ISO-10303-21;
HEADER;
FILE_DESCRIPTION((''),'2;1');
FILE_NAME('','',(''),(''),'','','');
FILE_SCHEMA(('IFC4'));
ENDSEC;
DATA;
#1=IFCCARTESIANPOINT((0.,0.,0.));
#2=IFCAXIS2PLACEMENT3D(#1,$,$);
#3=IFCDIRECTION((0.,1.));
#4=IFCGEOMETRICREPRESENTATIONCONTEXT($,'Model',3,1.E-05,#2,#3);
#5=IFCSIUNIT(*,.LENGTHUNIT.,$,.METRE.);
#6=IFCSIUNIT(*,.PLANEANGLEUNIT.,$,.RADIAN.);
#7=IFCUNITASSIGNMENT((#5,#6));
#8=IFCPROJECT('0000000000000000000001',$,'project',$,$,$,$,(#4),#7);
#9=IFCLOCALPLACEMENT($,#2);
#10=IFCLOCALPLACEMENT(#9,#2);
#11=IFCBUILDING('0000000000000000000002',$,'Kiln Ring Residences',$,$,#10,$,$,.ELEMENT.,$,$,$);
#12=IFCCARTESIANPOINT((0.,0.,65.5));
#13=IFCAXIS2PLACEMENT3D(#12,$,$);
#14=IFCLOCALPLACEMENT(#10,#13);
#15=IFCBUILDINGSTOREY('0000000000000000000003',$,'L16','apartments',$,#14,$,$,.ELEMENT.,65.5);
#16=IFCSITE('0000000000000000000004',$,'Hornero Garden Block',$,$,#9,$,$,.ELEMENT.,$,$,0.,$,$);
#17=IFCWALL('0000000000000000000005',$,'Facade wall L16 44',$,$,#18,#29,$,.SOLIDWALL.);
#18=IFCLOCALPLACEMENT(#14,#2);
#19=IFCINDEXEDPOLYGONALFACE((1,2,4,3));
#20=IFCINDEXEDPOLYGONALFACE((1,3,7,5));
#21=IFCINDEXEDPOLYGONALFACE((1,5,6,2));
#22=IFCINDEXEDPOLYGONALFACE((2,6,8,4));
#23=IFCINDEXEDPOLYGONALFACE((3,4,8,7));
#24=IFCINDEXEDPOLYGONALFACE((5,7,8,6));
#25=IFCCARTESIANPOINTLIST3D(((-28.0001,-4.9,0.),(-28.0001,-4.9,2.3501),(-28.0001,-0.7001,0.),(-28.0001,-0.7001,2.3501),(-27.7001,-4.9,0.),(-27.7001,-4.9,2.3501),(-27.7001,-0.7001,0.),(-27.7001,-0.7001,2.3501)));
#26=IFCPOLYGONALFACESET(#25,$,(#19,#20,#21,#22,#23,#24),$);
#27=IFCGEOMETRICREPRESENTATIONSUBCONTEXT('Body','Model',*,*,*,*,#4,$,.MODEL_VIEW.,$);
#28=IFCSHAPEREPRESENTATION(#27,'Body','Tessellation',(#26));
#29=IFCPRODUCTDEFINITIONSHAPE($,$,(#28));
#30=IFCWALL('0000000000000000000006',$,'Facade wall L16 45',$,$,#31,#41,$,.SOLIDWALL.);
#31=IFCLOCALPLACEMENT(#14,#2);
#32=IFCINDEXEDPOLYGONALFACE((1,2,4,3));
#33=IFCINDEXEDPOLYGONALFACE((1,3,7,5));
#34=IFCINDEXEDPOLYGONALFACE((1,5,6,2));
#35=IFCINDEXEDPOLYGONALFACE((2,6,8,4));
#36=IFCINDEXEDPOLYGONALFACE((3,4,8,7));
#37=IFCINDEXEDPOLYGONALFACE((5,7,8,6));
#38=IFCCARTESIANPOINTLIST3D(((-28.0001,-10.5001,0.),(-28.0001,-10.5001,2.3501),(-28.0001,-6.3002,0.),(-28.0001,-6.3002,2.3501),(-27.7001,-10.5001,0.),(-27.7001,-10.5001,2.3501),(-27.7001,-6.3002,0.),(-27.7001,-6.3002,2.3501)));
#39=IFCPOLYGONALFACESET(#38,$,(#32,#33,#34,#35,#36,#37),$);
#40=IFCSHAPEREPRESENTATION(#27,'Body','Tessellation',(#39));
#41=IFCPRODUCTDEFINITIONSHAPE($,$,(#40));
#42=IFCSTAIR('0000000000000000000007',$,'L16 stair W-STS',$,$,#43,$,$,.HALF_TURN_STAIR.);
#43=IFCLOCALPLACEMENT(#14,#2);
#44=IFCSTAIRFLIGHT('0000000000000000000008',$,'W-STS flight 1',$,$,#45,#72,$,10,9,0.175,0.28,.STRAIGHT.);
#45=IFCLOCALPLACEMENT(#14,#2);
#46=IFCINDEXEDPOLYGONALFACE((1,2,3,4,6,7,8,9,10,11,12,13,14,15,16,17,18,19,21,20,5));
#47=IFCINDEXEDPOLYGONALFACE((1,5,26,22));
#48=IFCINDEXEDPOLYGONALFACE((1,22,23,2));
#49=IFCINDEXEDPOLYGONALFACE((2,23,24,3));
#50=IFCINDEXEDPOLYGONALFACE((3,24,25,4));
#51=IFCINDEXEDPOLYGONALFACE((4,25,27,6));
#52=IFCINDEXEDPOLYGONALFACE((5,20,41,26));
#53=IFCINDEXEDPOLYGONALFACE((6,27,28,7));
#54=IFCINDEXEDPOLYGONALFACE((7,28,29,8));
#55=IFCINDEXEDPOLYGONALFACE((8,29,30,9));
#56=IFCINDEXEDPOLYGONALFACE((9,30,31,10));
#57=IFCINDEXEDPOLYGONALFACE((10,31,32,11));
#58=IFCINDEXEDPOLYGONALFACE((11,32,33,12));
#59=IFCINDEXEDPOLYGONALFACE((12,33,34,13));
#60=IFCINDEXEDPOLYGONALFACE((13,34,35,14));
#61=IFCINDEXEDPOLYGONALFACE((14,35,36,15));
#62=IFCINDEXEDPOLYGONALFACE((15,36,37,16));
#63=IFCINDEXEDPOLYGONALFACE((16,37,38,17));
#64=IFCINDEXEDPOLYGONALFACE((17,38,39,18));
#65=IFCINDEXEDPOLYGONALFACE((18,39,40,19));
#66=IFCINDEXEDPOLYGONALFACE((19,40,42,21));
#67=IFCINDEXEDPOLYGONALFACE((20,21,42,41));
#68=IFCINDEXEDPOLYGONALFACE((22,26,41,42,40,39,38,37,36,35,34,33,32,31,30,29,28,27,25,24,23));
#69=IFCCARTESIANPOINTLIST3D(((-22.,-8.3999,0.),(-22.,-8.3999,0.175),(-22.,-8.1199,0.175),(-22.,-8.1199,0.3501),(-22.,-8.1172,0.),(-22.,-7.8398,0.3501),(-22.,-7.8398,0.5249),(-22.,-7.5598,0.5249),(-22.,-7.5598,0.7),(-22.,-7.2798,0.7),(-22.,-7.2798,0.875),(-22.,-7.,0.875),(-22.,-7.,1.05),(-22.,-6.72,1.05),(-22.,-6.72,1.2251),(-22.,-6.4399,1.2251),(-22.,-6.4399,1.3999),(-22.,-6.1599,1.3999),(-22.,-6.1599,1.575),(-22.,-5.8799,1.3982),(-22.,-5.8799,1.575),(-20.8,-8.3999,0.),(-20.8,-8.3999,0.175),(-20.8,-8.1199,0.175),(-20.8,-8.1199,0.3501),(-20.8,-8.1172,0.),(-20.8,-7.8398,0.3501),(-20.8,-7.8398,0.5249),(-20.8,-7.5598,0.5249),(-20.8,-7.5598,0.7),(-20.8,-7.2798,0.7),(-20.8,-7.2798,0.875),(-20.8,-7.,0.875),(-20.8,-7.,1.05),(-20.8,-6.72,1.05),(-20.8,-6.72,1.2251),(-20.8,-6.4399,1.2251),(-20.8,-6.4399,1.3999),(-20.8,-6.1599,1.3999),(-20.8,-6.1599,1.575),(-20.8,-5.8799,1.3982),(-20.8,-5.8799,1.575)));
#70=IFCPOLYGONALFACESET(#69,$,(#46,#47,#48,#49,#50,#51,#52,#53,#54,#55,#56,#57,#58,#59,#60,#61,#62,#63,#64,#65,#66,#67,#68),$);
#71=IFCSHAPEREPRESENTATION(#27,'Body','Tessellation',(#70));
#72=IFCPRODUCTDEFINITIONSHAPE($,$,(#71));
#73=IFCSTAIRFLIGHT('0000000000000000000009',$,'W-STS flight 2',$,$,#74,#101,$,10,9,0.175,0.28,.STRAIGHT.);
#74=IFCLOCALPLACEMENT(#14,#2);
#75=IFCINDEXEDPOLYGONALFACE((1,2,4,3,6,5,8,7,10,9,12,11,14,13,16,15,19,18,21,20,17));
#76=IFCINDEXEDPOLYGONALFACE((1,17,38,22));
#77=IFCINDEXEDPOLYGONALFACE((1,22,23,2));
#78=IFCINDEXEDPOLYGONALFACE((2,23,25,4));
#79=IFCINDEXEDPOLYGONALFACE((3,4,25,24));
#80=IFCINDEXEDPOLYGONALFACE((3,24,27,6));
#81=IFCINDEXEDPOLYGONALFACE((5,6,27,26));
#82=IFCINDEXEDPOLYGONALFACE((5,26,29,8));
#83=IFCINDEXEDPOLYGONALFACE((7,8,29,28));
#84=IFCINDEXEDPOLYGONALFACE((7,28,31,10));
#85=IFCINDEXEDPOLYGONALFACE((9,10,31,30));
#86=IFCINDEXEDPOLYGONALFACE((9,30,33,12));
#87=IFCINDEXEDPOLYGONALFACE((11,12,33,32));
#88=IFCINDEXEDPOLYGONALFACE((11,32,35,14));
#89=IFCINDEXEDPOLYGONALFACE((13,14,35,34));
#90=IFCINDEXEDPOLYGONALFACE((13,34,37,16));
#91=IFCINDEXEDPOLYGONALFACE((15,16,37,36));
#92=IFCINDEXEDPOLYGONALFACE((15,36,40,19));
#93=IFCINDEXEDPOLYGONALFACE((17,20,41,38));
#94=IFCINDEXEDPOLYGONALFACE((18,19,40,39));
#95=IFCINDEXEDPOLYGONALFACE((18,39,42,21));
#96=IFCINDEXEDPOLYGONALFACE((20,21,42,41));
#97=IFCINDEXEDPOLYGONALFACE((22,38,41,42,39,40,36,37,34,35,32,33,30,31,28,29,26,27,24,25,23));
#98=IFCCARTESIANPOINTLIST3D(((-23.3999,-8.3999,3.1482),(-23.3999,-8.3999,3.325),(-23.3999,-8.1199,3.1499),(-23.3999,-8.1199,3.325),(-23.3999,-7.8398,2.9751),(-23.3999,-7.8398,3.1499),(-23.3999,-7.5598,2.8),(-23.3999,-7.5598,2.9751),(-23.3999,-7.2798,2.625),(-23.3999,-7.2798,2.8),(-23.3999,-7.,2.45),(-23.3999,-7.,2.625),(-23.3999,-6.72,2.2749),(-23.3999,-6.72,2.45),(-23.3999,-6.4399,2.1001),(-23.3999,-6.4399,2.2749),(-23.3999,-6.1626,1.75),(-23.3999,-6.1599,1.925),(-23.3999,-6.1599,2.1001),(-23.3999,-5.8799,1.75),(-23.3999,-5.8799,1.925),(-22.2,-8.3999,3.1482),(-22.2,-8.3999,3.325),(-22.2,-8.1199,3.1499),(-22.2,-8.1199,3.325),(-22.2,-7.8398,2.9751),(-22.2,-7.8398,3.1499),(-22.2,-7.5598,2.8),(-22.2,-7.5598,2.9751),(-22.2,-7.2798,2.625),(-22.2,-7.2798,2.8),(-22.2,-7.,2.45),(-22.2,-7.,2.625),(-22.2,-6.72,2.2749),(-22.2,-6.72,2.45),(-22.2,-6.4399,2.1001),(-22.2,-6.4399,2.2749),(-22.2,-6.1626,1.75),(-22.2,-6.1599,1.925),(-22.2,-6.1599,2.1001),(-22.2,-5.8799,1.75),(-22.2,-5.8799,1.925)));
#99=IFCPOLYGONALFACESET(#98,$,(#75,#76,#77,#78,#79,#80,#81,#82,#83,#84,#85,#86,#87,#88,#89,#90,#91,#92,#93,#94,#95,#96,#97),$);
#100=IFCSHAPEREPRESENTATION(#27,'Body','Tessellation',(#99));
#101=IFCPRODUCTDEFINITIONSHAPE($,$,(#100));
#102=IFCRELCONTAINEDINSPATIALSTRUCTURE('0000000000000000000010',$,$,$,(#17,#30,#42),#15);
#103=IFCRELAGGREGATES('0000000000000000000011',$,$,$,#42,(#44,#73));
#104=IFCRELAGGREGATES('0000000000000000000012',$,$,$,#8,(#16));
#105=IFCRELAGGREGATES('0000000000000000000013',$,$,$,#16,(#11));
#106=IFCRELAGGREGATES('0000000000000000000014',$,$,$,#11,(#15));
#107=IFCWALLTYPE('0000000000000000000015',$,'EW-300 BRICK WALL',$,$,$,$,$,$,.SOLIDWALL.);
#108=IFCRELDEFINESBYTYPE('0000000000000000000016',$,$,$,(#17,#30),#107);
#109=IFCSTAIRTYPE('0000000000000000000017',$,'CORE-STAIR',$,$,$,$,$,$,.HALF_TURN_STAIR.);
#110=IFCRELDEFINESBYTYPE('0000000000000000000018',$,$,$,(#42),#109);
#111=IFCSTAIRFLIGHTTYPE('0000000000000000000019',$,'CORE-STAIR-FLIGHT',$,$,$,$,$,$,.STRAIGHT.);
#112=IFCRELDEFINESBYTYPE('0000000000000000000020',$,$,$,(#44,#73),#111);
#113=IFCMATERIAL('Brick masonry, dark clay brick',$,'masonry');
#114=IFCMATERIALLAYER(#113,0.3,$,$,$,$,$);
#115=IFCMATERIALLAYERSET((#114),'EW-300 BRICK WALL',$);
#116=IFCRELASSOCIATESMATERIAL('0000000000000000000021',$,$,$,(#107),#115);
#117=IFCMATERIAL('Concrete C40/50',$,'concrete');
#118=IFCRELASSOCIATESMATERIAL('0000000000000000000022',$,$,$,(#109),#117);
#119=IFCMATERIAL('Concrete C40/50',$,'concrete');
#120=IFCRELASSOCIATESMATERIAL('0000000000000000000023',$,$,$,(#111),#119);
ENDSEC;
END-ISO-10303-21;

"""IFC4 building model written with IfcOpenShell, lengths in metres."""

from ifc_helpers import new_model, si_unit, direction, frame, frame_2d, origin, place, context, subcontext, project, spatial, polyline, rectangle, outline, extrude, material, layer, layer_set, type_object, element, aggregate, save


model = new_model("IFC4")

# Units and contexts
model_context = context("Model", 3, precision=1e-05, world=origin(), true_north=direction((0.0, 1.0)))
body_context = subcontext(model_context, "Body", "Model", "MODEL_VIEW")
ifc_project = project(units=[si_unit("LENGTHUNIT", "METRE"), si_unit("PLANEANGLEUNIT", "RADIAN")], contexts=[model_context])

# Site, building, storey
site_placement = place(None, origin())
site = spatial("IfcSite", under=ifc_project, at=site_placement, Name="Hornero Garden Block", CompositionType="ELEMENT", RefElevation=0.0)
building_placement = place(site_placement, origin())
building = spatial("IfcBuilding", under=site, at=building_placement, Name="Kiln Ring Residences", CompositionType="ELEMENT")
storey_placement = place(building_placement, frame((0.0, 0.0, 65.5)))
storey = spatial("IfcBuildingStorey", under=building, at=storey_placement, Name="L16", Description="apartments", CompositionType="ELEMENT", Elevation=65.5)

# Walls
ifc_material_1 = material(Name="Brick masonry, dark clay brick", Category="masonry")
ifc_layer_1 = layer(ifc_material_1, 0.3)
ifc_layer_set_1 = layer_set([ifc_layer_1], Name="EW-300 BRICK WALL")
wall_type_1 = type_object("IfcWallType", Name="EW-300 BRICK WALL", PredefinedType="SOLIDWALL", material=ifc_layer_set_1)
for number, where, z_axis, x_axis, name in (
    (1, (-27.8501, -0.7, 0.0), (0.0, 0.0, 1.0), (0.0, -1.0, 0.0), "Facade wall L16 44"),
    (2, (-27.8501, -6.3, 0.0), (0.0, 0.0, 1.0), (0.0, -1.0, 0.0), "Facade wall L16 45"),
):
    element("IfcWall", number, at=place(storey_placement, frame(where, z_axis=z_axis, x_axis=x_axis)), inside=storey, type_object=wall_type_1, Name=name, PredefinedType="SOLIDWALL", context=body_context, shape_type="SweptSolid", body=[
        extrude(rectangle(XDim=4.2, YDim=0.3, at=frame_2d((2.1001, 0.0))), origin(), (0.0, 0.0, 1.0), 2.3501),
    ])

# Stair, stair flights
ifc_material_2 = material(Name="Concrete C40/50", Category="concrete")
stair_type = type_object("IfcStairType", Name="CORE-STAIR", PredefinedType="HALF_TURN_STAIR", material=ifc_material_2)
stair_placement = place(storey_placement, origin())
stair = element("IfcStair", 3, at=stair_placement, inside=storey, type_object=stair_type, Name="L16 stair W-STS", PredefinedType="HALF_TURN_STAIR")
ifc_material_3 = material(Name="Concrete C40/50", Category="concrete")
stair_flight_type = type_object("IfcStairFlightType", Name="CORE-STAIR-FLIGHT", PredefinedType="STRAIGHT", material=ifc_material_3)
stair_flight_1_placement = place(storey_placement, frame((-21.3999, -8.3999, 0.0), z_axis=(0.0, 0.0, 1.0), x_axis=(0.0, 1.0, 0.0)))
stair_flight_1 = element("IfcStairFlight", 4, at=stair_flight_1_placement, type_object=stair_flight_type, Name="W-STS flight 1", NumberOfRisers=10, NumberOfTreads=9, PredefinedType="STRAIGHT", RiserHeight=0.175, TreadLength=0.28, context=body_context, shape_type="SweptSolid", body=[
    extrude(outline(polyline([(0.0, 0.0), (0.0, 0.175), (0.28, 0.175), (0.28, 0.3501), (0.5601, 0.3501), (0.5601, 0.5249), (0.8401, 0.5249), (0.8401, 0.7), (1.1201, 0.7), (1.1201, 0.875), (1.3999, 0.875), (1.3999, 1.05), (1.6799, 1.05), (1.6799, 1.2251), (1.96, 1.2251), (1.96, 1.3999), (2.24, 1.3999), (2.24, 1.575), (2.52, 1.575), (2.52, 1.75), (2.52, 1.3982), (0.2827, 0.0), (0.0, 0.0)])), frame((0.0, 0.6001, 0.0), z_axis=(0.0, -1.0, 0.0), x_axis=(1.0, 0.0, 0.0)), (0.0, 0.0, 1.0), 1.2),
])
stair_flight_2_placement = place(storey_placement, frame((-22.8, -5.8799, 1.75), z_axis=(0.0, 0.0, 1.0), x_axis=(0.0, -1.0, 0.0)))
stair_flight_2 = element("IfcStairFlight", 5, at=stair_flight_2_placement, type_object=stair_flight_type, Name="W-STS flight 2", NumberOfRisers=10, NumberOfTreads=9, PredefinedType="STRAIGHT", RiserHeight=0.175, TreadLength=0.28, context=body_context, shape_type="SweptSolid", body=[
    extrude(outline(polyline([(0.0, 0.0), (0.0, 0.175), (0.28, 0.175), (0.28, 0.3501), (0.5601, 0.3501), (0.5601, 0.5249), (0.8401, 0.5249), (0.8401, 0.7), (1.1201, 0.7), (1.1201, 0.875), (1.3999, 0.875), (1.3999, 1.05), (1.6799, 1.05), (1.6799, 1.2251), (1.96, 1.2251), (1.96, 1.3999), (2.24, 1.3999), (2.24, 1.575), (2.52, 1.575), (2.52, 1.75), (2.52, 1.3982), (0.2827, 0.0), (0.0, 0.0)])), frame((0.0, 0.6001, 0.0), z_axis=(0.0, -1.0, 0.0), x_axis=(1.0, 0.0, 0.0)), (0.0, 0.0, 1.0), 1.2),
])
aggregate(stair, [stair_flight_1, stair_flight_2])

save(model, "model.ifc")
